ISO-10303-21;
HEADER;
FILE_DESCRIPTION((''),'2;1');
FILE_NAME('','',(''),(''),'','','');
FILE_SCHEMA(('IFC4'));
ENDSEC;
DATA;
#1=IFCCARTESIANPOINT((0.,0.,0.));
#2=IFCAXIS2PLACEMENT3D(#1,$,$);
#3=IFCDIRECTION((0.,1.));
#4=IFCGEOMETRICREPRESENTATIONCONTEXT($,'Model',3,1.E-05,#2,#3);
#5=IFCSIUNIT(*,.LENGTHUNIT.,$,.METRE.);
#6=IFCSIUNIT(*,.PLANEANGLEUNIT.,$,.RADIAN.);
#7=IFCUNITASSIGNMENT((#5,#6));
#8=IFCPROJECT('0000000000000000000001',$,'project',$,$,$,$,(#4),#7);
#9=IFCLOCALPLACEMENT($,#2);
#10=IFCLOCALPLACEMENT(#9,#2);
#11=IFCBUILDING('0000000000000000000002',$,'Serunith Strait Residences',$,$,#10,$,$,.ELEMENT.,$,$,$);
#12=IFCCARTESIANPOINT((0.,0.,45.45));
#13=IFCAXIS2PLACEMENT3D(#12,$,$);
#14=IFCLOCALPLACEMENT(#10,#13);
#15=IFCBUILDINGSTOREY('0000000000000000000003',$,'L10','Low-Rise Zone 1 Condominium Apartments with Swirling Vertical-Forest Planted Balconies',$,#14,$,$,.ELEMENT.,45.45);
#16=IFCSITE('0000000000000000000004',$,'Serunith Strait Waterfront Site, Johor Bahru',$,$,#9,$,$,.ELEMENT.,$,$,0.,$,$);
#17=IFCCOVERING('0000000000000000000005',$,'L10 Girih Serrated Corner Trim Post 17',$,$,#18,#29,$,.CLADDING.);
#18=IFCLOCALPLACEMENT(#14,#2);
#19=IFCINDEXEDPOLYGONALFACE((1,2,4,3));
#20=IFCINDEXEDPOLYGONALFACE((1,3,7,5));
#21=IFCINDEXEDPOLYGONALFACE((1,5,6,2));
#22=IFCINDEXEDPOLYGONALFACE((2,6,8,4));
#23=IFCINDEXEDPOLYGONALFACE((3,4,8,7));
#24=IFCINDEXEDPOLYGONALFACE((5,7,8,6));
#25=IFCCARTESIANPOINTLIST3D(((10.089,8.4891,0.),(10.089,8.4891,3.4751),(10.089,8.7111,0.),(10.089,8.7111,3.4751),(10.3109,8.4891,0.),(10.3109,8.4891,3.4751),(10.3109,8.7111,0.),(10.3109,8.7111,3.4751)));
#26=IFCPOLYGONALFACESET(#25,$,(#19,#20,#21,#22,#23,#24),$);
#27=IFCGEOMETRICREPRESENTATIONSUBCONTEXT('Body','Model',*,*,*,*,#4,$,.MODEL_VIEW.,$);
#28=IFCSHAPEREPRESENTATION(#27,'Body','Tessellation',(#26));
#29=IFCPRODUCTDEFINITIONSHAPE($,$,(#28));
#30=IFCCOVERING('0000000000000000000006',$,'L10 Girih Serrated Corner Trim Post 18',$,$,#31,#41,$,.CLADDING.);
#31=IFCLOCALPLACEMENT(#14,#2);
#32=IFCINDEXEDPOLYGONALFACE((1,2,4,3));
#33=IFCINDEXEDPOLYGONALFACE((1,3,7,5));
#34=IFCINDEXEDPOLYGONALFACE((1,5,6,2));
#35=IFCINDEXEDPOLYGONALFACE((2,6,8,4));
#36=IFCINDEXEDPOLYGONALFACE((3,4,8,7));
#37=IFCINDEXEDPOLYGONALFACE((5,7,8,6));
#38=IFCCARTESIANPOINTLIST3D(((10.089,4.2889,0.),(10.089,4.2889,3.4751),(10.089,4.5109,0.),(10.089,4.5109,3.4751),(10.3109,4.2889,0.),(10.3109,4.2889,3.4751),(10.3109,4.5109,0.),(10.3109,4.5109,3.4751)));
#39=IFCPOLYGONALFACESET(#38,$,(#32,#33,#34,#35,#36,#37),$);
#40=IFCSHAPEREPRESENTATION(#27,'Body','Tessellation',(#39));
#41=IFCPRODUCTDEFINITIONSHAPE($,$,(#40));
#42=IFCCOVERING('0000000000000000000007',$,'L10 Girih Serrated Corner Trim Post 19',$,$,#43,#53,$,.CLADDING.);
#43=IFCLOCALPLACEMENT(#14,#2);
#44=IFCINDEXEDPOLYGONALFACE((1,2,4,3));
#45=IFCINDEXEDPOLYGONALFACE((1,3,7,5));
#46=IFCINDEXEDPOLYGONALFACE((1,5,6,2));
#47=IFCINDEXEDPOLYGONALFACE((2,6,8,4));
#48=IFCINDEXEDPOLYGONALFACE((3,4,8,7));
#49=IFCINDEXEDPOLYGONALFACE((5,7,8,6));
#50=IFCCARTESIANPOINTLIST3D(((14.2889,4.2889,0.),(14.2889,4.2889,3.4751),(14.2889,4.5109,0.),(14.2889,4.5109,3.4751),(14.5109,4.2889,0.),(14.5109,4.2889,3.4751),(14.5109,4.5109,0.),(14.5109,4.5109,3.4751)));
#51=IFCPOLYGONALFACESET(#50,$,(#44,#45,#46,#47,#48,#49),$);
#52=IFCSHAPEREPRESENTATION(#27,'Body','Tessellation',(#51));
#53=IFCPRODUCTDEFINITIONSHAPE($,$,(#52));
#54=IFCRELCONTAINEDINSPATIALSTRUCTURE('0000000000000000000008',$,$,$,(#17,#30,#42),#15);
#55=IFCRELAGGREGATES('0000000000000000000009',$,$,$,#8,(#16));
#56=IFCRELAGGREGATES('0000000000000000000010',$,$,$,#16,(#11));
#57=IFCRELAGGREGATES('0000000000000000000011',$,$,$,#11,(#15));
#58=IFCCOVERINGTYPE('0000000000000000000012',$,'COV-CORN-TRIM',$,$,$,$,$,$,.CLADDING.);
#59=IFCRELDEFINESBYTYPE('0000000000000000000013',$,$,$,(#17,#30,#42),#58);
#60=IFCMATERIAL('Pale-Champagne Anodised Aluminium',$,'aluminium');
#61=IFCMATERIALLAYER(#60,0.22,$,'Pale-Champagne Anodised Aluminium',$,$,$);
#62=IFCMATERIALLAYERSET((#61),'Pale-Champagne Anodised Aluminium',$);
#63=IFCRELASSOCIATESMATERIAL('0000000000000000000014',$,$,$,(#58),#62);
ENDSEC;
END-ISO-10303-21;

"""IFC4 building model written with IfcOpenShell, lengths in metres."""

from ifc_helpers import new_model, si_unit, direction, frame, origin, origin_2d, place, context, subcontext, project, spatial, rectangle, extrude, source, transform, mapped, material, layer, layer_set, type_object, element, save


model = new_model("IFC4")

# Units and contexts
model_context = context("Model", 3, precision=1e-05, world=origin(), true_north=direction((0.0, 1.0)))
body_context = subcontext(model_context, "Body", "Model", "MODEL_VIEW")
ifc_project = project(units=[si_unit("LENGTHUNIT", "METRE"), si_unit("PLANEANGLEUNIT", "RADIAN")], contexts=[model_context])

# Site, building, storey
site_placement = place(None, origin())
site = spatial("IfcSite", under=ifc_project, at=site_placement, Name="Serunith Strait Waterfront Site, Johor Bahru", CompositionType="ELEMENT", RefElevation=0.0)
building_placement = place(site_placement, origin())
building = spatial("IfcBuilding", under=site, at=building_placement, Name="Serunith Strait Residences", CompositionType="ELEMENT")
storey_placement = place(building_placement, frame((0.0, 0.0, 45.45)))
storey = spatial("IfcBuildingStorey", under=building, at=storey_placement, Name="L10", Description="Low-Rise Zone 1 Condominium Apartments with Swirling Vertical-Forest Planted Balconies", CompositionType="ELEMENT", Elevation=45.45)

# Shared definitions
ifc_material_1 = material(Name="Pale-Champagne Anodised Aluminium", Category="aluminium")

# Coverings
ifc_layer_1 = layer(ifc_material_1, 0.22, Name="Pale-Champagne Anodised Aluminium")
ifc_layer_set_1 = layer_set([ifc_layer_1], Name="Pale-Champagne Anodised Aluminium")
covering_type_1 = type_object("IfcCoveringType", Name="COV-CORN-TRIM", PredefinedType="CLADDING", material=ifc_layer_set_1)
shared_shape_1 = source(origin(), body_context, "Body", "SweptSolid", [
    extrude(rectangle(XDim=0.2219, YDim=0.2219, at=origin_2d()), origin(), (0.0, 0.0, 1.0), 3.4751),
])
for number, where, z_axis, x_axis, name in (
    (1, (10.2, 8.6001, 0.0), (0.0, 0.0, 1.0), (1.0, 0.0, 0.0), "L10 Girih Serrated Corner Trim Post 17"),
    (2, (10.2, 4.3999, 0.0), (0.0, 0.0, 1.0), (1.0, 0.0, 0.0), "L10 Girih Serrated Corner Trim Post 18"),
    (3, (14.3999, 4.3999, 0.0), (0.0, 0.0, 1.0), (1.0, 0.0, 0.0), "L10 Girih Serrated Corner Trim Post 19"),
):
    element("IfcCovering", number, at=place(storey_placement, frame(where, z_axis=z_axis, x_axis=x_axis)), inside=storey, type_object=covering_type_1, Name=name, PredefinedType="CLADDING", context=body_context, shape_type="MappedRepresentation", body=[
        mapped(shared_shape_1, transform((0.0, 0.0, 0.0), scale=1.0)),
    ])

save(model, "model.ifc")
